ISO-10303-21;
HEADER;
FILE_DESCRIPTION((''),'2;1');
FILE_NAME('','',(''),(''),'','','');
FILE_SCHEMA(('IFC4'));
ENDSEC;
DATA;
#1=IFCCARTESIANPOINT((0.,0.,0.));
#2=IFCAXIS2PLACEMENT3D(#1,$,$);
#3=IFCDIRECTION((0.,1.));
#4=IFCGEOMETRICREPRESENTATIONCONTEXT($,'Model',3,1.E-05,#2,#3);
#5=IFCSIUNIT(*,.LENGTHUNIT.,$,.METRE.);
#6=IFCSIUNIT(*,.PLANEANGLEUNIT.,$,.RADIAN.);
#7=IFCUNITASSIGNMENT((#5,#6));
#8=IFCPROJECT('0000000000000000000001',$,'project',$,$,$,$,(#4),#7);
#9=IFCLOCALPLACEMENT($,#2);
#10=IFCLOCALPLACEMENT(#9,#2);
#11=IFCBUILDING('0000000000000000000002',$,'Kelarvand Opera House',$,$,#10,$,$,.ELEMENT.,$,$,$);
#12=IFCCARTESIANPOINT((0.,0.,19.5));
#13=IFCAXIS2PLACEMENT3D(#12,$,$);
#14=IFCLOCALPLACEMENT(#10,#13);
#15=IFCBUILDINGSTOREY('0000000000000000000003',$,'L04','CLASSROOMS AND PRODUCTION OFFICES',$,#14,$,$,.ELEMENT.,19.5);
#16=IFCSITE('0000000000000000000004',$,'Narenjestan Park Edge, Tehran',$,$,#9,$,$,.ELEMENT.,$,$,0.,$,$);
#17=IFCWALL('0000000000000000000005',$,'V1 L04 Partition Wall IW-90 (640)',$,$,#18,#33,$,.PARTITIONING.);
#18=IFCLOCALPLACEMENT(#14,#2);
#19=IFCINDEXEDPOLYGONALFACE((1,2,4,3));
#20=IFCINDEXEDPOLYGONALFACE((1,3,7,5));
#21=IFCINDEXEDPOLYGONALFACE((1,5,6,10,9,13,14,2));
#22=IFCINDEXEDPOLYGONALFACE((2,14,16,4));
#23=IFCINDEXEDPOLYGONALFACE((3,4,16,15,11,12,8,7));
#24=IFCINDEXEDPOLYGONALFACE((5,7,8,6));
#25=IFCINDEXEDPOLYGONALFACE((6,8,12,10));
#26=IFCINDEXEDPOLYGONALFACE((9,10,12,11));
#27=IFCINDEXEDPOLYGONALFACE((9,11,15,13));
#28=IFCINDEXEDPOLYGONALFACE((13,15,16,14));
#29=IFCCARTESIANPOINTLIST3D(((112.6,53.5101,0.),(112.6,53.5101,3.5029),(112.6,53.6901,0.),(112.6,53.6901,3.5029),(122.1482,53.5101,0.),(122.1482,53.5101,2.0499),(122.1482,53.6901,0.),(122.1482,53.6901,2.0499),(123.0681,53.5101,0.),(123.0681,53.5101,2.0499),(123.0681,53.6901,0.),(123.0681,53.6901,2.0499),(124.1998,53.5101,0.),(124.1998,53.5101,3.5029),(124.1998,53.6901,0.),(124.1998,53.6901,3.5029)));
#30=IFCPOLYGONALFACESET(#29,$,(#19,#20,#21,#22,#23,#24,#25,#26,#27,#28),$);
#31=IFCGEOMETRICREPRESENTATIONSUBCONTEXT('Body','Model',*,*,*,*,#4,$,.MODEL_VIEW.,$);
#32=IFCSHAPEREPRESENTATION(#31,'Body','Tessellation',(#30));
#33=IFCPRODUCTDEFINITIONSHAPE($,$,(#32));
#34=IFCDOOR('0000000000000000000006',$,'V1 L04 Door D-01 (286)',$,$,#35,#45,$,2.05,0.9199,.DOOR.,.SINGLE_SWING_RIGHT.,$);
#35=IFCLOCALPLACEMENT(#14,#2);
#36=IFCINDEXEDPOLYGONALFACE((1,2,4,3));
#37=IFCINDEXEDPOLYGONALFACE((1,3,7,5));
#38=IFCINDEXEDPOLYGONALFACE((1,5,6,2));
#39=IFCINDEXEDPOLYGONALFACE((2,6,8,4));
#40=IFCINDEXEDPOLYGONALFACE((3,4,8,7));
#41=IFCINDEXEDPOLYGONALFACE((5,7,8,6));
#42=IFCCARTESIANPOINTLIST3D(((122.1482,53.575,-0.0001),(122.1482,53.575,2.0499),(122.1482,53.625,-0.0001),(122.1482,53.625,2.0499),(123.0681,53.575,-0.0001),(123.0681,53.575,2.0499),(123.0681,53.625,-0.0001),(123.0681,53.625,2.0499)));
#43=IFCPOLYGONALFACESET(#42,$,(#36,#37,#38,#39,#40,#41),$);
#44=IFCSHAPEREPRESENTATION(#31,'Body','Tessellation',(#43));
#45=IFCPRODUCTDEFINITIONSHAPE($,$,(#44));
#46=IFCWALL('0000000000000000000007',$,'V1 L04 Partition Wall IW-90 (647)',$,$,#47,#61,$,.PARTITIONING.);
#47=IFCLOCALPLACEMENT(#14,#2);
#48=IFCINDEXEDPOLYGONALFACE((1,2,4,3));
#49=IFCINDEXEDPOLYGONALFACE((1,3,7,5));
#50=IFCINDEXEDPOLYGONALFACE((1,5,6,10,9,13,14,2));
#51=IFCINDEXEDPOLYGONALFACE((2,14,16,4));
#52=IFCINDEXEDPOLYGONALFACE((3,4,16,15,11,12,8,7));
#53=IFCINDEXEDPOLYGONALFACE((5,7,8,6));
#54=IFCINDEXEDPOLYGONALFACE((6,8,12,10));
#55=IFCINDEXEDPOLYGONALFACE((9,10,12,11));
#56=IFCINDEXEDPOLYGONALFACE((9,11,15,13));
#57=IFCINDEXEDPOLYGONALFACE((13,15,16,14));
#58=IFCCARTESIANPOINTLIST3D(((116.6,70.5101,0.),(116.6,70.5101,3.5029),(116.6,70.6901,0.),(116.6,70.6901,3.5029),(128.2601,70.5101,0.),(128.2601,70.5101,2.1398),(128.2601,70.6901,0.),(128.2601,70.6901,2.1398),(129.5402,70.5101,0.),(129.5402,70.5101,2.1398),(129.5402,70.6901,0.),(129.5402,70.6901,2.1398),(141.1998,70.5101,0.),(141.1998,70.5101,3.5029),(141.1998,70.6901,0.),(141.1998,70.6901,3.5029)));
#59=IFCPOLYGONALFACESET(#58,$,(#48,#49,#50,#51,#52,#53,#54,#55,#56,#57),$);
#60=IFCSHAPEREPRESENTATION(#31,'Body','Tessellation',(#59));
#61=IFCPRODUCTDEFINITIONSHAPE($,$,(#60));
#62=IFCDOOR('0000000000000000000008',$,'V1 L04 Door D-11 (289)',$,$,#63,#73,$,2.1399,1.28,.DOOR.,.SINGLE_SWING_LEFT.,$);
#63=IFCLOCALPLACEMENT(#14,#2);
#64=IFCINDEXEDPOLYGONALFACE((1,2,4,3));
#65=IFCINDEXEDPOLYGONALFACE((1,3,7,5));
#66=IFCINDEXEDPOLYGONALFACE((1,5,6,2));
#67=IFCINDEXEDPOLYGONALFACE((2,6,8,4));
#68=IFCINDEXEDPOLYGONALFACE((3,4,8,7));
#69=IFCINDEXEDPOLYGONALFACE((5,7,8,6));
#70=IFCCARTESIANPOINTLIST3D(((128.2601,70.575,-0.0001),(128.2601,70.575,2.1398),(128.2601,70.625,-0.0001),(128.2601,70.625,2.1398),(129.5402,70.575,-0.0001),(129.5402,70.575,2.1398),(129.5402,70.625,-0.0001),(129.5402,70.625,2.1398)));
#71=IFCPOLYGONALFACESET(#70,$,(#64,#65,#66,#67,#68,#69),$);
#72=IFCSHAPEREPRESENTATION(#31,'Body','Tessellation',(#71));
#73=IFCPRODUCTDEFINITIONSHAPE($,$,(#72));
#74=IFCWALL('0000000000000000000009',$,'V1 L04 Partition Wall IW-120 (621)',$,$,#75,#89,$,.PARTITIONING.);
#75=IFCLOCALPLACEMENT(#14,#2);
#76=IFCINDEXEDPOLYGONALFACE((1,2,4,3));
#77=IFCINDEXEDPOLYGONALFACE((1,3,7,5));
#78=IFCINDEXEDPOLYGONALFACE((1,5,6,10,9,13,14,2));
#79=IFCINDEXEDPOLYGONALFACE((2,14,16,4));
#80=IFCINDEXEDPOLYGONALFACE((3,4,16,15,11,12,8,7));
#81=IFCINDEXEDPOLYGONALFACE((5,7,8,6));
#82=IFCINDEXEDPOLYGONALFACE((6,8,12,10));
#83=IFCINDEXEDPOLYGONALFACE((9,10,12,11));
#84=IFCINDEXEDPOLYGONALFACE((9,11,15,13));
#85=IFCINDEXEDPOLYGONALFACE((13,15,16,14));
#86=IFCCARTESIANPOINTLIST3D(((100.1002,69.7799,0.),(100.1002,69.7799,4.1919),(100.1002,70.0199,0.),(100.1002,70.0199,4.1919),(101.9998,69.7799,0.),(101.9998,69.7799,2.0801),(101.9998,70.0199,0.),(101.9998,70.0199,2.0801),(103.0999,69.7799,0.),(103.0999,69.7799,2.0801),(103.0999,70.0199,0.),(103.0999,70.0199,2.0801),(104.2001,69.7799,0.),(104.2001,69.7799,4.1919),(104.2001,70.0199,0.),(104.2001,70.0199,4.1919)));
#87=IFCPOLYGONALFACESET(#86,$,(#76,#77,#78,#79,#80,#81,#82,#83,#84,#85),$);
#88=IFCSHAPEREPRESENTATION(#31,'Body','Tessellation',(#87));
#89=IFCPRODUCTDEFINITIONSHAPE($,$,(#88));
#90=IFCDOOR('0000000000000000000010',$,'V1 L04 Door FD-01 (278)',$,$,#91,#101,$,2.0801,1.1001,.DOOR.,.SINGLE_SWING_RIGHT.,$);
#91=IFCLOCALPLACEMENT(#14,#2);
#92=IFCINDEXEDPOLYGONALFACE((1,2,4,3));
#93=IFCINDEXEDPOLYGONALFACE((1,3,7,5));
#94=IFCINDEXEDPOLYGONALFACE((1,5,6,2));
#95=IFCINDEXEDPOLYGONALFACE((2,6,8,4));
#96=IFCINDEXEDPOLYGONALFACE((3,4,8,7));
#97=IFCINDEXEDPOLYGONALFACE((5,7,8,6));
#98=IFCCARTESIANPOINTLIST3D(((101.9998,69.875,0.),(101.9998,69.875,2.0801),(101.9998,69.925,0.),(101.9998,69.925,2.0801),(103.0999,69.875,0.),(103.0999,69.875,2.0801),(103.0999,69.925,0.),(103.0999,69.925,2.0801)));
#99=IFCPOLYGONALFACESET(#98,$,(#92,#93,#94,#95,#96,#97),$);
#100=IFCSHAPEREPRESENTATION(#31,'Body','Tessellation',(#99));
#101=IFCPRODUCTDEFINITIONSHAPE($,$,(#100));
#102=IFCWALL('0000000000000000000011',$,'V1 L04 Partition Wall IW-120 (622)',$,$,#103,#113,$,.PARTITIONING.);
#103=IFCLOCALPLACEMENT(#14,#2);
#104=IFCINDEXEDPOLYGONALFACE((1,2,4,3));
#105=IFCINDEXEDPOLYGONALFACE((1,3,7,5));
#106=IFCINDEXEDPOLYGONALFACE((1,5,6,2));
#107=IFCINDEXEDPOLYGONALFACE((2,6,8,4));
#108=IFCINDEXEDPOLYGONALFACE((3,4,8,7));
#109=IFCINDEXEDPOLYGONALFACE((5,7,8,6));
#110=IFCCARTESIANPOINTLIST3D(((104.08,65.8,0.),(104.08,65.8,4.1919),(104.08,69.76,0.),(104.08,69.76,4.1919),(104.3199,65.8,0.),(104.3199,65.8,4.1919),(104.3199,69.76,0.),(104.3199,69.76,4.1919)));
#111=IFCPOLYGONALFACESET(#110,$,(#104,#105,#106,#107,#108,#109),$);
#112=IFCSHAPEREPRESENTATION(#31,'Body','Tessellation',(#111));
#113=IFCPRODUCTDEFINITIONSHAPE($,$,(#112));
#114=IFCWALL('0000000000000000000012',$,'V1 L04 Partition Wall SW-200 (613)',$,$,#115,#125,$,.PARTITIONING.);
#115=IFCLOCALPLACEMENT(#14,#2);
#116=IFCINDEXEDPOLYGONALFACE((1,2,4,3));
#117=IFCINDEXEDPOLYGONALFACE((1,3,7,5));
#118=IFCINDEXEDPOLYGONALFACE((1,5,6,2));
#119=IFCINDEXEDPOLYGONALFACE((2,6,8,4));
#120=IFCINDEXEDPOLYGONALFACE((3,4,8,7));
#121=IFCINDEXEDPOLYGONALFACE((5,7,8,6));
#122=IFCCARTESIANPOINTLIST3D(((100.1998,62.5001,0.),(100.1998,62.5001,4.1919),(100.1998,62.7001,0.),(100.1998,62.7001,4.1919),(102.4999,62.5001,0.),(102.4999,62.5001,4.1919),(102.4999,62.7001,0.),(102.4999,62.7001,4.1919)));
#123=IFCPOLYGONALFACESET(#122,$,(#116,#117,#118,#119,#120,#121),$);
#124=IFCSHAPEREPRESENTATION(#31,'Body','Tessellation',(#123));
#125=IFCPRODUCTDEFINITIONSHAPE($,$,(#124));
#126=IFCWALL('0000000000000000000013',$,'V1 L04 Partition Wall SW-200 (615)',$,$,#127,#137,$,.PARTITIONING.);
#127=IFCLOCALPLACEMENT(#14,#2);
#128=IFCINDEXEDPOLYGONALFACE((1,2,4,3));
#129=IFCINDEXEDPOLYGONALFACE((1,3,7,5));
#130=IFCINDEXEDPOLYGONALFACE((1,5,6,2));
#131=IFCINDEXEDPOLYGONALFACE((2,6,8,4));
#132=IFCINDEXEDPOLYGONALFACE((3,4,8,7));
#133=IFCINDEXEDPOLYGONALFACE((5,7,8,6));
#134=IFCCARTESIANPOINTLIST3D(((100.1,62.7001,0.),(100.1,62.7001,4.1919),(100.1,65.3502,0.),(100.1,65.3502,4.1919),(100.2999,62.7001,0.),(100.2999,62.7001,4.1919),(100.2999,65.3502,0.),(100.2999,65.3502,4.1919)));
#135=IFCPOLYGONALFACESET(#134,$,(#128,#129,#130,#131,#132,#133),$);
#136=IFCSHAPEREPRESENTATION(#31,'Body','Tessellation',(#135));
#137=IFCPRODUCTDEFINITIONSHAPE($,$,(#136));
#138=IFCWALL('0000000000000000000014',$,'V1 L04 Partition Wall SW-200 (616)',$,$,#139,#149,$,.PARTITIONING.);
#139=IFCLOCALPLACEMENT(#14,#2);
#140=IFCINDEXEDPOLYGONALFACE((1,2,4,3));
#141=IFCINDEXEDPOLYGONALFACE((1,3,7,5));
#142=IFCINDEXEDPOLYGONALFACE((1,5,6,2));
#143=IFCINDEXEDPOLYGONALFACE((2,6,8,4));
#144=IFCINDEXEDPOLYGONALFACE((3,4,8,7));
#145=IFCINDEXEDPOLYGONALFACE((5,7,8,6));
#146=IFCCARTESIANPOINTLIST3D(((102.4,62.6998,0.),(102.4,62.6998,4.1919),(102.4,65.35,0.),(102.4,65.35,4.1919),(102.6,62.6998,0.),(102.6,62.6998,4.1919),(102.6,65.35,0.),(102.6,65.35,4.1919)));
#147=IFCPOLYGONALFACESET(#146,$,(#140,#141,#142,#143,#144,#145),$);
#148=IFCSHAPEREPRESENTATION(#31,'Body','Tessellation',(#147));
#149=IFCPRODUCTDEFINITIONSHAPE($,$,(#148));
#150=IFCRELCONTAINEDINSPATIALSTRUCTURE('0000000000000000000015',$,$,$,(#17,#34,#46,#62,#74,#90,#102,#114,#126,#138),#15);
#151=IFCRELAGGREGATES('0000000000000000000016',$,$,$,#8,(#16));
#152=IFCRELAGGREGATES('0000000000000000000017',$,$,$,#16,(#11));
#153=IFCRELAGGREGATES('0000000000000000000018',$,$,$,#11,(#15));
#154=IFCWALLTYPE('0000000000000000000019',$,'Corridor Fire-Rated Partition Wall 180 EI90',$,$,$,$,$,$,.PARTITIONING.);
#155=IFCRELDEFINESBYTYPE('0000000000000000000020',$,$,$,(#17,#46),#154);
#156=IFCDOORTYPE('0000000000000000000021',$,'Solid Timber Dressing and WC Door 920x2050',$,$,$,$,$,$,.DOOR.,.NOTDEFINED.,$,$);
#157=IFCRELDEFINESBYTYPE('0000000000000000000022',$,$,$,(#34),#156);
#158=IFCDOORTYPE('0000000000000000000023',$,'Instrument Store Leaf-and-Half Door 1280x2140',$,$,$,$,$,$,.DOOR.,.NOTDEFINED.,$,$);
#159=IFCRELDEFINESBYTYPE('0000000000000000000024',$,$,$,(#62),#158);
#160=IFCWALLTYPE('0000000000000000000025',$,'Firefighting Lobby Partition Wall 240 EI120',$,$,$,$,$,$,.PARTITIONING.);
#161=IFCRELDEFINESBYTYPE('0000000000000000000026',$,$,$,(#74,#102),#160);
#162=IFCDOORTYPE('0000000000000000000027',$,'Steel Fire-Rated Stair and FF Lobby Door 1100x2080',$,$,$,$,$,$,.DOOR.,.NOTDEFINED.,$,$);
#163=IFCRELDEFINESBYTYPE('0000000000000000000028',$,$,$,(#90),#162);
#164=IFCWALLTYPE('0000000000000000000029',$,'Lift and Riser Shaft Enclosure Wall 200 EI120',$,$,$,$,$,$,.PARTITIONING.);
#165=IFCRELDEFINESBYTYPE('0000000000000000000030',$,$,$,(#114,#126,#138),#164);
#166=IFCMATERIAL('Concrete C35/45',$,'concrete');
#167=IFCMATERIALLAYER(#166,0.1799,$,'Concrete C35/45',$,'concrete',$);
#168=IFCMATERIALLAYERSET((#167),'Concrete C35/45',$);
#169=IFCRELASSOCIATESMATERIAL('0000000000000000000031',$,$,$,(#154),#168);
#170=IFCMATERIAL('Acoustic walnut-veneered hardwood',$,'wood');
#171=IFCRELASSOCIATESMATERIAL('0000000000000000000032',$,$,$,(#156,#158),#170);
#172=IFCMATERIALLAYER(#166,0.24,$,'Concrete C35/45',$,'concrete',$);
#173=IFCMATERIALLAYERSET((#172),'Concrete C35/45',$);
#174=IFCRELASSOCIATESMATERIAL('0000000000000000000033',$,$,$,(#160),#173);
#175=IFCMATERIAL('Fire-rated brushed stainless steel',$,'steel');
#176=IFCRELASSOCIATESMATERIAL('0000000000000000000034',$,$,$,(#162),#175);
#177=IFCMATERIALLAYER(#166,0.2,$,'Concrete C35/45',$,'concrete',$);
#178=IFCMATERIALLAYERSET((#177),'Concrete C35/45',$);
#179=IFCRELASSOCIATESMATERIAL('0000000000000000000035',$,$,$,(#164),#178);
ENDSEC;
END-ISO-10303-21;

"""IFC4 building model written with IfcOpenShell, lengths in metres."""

from ifc_helpers import new_model, si_unit, direction, frame, frame_2d, origin, place, context, subcontext, project, spatial, rectangle, extrude, material, layer, layer_set, type_object, element, fill, save


model = new_model("IFC4")

# Units and contexts
model_context = context("Model", 3, precision=1e-05, world=origin(), true_north=direction((0.0, 1.0)))
body_context = subcontext(model_context, "Body", "Model", "MODEL_VIEW")
ifc_project = project(units=[si_unit("LENGTHUNIT", "METRE"), si_unit("PLANEANGLEUNIT", "RADIAN")], contexts=[model_context])

# Site, building, storey
site_placement = place(None, origin())
site = spatial("IfcSite", under=ifc_project, at=site_placement, Name="Narenjestan Park Edge, Tehran", CompositionType="ELEMENT", RefElevation=0.0)
building_placement = place(site_placement, origin())
building = spatial("IfcBuilding", under=site, at=building_placement, Name="Kelarvand Opera House", CompositionType="ELEMENT")
storey_placement = place(building_placement, frame((0.0, 0.0, 19.5)))
storey = spatial("IfcBuildingStorey", under=building, at=storey_placement, Name="L04", Description="CLASSROOMS AND PRODUCTION OFFICES", CompositionType="ELEMENT", Elevation=19.5)

# Shared definitions
ifc_material_1 = material(Name="Concrete C35/45", Category="concrete")

# Walls, openings, doors
ifc_layer_1 = layer(ifc_material_1, 0.1799, Name="Concrete C35/45", Category="concrete")
ifc_layer_set_1 = layer_set([ifc_layer_1], Name="Concrete C35/45")
wall_type_1 = type_object("IfcWallType", Name="Corridor Fire-Rated Partition Wall 180 EI90", PredefinedType="PARTITIONING", material=ifc_layer_set_1)
ifc_material_2 = material(Name="Acoustic walnut-veneered hardwood", Category="wood")
door_type_1 = type_object("IfcDoorType", Name="Solid Timber Dressing and WC Door 920x2050", OperationType="NOTDEFINED", PredefinedType="DOOR", material=ifc_material_2)
wall_1_placement = place(storey_placement, frame((112.6001, 53.6001, 0.0), z_axis=(0.0, 0.0, 1.0), x_axis=(1.0, 0.0, 0.0)))
wall_1 = element("IfcWall", 1, at=wall_1_placement, inside=storey, type_object=wall_type_1, Name="V1 L04 Partition Wall IW-90 (640)", PredefinedType="PARTITIONING", context=body_context, shape_type="SweptSolid", body=[
    extrude(rectangle(XDim=11.5999, YDim=0.1799, at=frame_2d((5.7998, 0.0))), origin(), (0.0, 0.0, 1.0), 3.5029),
])
opening_1_placement = place(wall_1_placement, frame((9.5481, 0.0, 0.0)))
opening_1 = element("IfcOpeningElement", 2, at=opening_1_placement, cuts=wall_1, PredefinedType="OPENING", context=body_context, shape_type="SweptSolid", body=[
    extrude(rectangle(XDim=0.9199, YDim=2.05, at=frame_2d((0.46, 1.0249))), frame((0.0, 0.1001, 0.0), z_axis=(0.0, -1.0, 0.0), x_axis=(1.0, 0.0, 0.0)), (0.0, 0.0, 1.0), 0.2),
])
door_1_placement = place(opening_1_placement, origin())
door_1 = element("IfcDoor", 3, at=door_1_placement, inside=storey, type_object=door_type_1, Name="V1 L04 Door D-01 (286)", OperationType="SINGLE_SWING_RIGHT", OverallHeight=2.05, OverallWidth=0.9199, PredefinedType="DOOR", context=body_context, shape_type="SweptSolid", body=[
    extrude(rectangle(XDim=0.9199, YDim=2.05, at=frame_2d((0.46, 1.0249))), frame((0.0, 0.0249, 0.0), z_axis=(0.0, -1.0, 0.0), x_axis=(1.0, 0.0, 0.0)), (0.0, 0.0, 1.0), 0.05),
])
fill(opening_1, door_1)
wall_2_placement = place(storey_placement, frame((116.6001, 70.6001, 0.0), z_axis=(0.0, 0.0, 1.0), x_axis=(1.0, 0.0, 0.0)))
wall_2 = element("IfcWall", 4, at=wall_2_placement, inside=storey, type_object=wall_type_1, Name="V1 L04 Partition Wall IW-90 (647)", PredefinedType="PARTITIONING", context=body_context, shape_type="SweptSolid", body=[
    extrude(rectangle(XDim=24.5999, YDim=0.1799, at=frame_2d((12.2998, 0.0))), origin(), (0.0, 0.0, 1.0), 3.5029),
])
opening_2_placement = place(wall_2_placement, frame((11.6599, 0.0, 0.0)))
opening_2 = element("IfcOpeningElement", 5, at=opening_2_placement, cuts=wall_2, PredefinedType="OPENING", context=body_context, shape_type="SweptSolid", body=[
    extrude(rectangle(XDim=1.28, YDim=2.1399, at=frame_2d((0.6401, 1.0698))), frame((0.0, 0.1001, 0.0), z_axis=(0.0, -1.0, 0.0), x_axis=(1.0, 0.0, 0.0)), (0.0, 0.0, 1.0), 0.2),
])
door_type_2 = type_object("IfcDoorType", Name="Instrument Store Leaf-and-Half Door 1280x2140", OperationType="NOTDEFINED", PredefinedType="DOOR", material=ifc_material_2)
door_2_placement = place(opening_2_placement, origin())
door_2 = element("IfcDoor", 6, at=door_2_placement, inside=storey, type_object=door_type_2, Name="V1 L04 Door D-11 (289)", OperationType="SINGLE_SWING_LEFT", OverallHeight=2.1399, OverallWidth=1.28, PredefinedType="DOOR", context=body_context, shape_type="SweptSolid", body=[
    extrude(rectangle(XDim=1.28, YDim=2.1399, at=frame_2d((0.6401, 1.0698))), frame((0.0, 0.0249, 0.0), z_axis=(0.0, -1.0, 0.0), x_axis=(1.0, 0.0, 0.0)), (0.0, 0.0, 1.0), 0.05),
])
fill(opening_2, door_2)
ifc_layer_2 = layer(ifc_material_1, 0.24, Name="Concrete C35/45", Category="concrete")
ifc_layer_set_2 = layer_set([ifc_layer_2], Name="Concrete C35/45")
wall_type_2 = type_object("IfcWallType", Name="Firefighting Lobby Partition Wall 240 EI120", PredefinedType="PARTITIONING", material=ifc_layer_set_2)
wall_3_placement = place(storey_placement, frame((104.2, 69.8999, 0.0), z_axis=(0.0, 0.0, 1.0), x_axis=(-1.0, 0.0, 0.0)))
wall_3 = element("IfcWall", 7, at=wall_3_placement, inside=storey, type_object=wall_type_2, Name="V1 L04 Partition Wall IW-120 (621)", PredefinedType="PARTITIONING", context=body_context, shape_type="SweptSolid", body=[
    extrude(rectangle(XDim=4.0999, YDim=0.24, at=frame_2d((2.0498, 0.0))), origin(), (0.0, 0.0, 1.0), 4.1919),
])
opening_3_placement = place(wall_3_placement, frame((1.1001, 0.0, 0.0)))
opening_3 = element("IfcOpeningElement", 8, at=opening_3_placement, cuts=wall_3, PredefinedType="OPENING", context=body_context, shape_type="SweptSolid", body=[
    extrude(rectangle(XDim=1.1001, YDim=2.0801, at=frame_2d((0.55, 1.04))), frame((0.0, 0.1299, 0.0), z_axis=(0.0, -1.0, 0.0), x_axis=(1.0, 0.0, 0.0)), (0.0, 0.0, 1.0), 0.26),
])
ifc_material_3 = material(Name="Fire-rated brushed stainless steel", Category="steel")
door_type_3 = type_object("IfcDoorType", Name="Steel Fire-Rated Stair and FF Lobby Door 1100x2080", OperationType="NOTDEFINED", PredefinedType="DOOR", material=ifc_material_3)
door_3_placement = place(opening_3_placement, origin())
door_3 = element("IfcDoor", 9, at=door_3_placement, inside=storey, type_object=door_type_3, Name="V1 L04 Door FD-01 (278)", OperationType="SINGLE_SWING_RIGHT", OverallHeight=2.0801, OverallWidth=1.1001, PredefinedType="DOOR", context=body_context, shape_type="SweptSolid", body=[
    extrude(rectangle(XDim=1.1001, YDim=2.0801, at=frame_2d((0.55, 1.04))), frame((0.0, 0.0249, 0.0), z_axis=(0.0, -1.0, 0.0), x_axis=(1.0, 0.0, 0.0)), (0.0, 0.0, 1.0), 0.05),
])
fill(opening_3, door_3)

# Walls
wall_4_placement = place(storey_placement, frame((104.2, 69.76, 0.0), z_axis=(0.0, 0.0, 1.0), x_axis=(0.0, -1.0, 0.0)))
element("IfcWall", 10, at=wall_4_placement, inside=storey, type_object=wall_type_2, Name="V1 L04 Partition Wall IW-120 (622)", PredefinedType="PARTITIONING", context=body_context, shape_type="SweptSolid", body=[
    extrude(rectangle(XDim=3.96, YDim=0.24, at=frame_2d((1.98, 0.0))), origin(), (0.0, 0.0, 1.0), 4.1919),
])
ifc_layer_3 = layer(ifc_material_1, 0.2, Name="Concrete C35/45", Category="concrete")
ifc_layer_set_3 = layer_set([ifc_layer_3], Name="Concrete C35/45")
wall_type_3 = type_object("IfcWallType", Name="Lift and Riser Shaft Enclosure Wall 200 EI120", PredefinedType="PARTITIONING", material=ifc_layer_set_3)
wall_5_placement = place(storey_placement, frame((100.2, 62.6001, 0.0), z_axis=(0.0, 0.0, 1.0), x_axis=(1.0, 0.0, 0.0)))
element("IfcWall", 11, at=wall_5_placement, inside=storey, type_object=wall_type_3, Name="V1 L04 Partition Wall SW-200 (613)", PredefinedType="PARTITIONING", context=body_context, shape_type="SweptSolid", body=[
    extrude(rectangle(XDim=2.3, YDim=0.2, at=frame_2d((1.1499, 0.0))), origin(), (0.0, 0.0, 1.0), 4.1919),
])

# Walls
for number, where, z_axis, x_axis, name in (
    (12, (100.2, 62.7, 0.0), (0.0, 0.0, 1.0), (0.0, 1.0, 0.0), "V1 L04 Partition Wall SW-200 (615)"),
    (13, (102.5, 65.3501, 0.0), (0.0, 0.0, 1.0), (0.0, -1.0, 0.0), "V1 L04 Partition Wall SW-200 (616)"),
):
    element("IfcWall", number, at=place(storey_placement, frame(where, z_axis=z_axis, x_axis=x_axis)), inside=storey, type_object=wall_type_3, Name=name, PredefinedType="PARTITIONING", context=body_context, shape_type="SweptSolid", body=[
        extrude(rectangle(XDim=2.6501, YDim=0.2, at=frame_2d((1.3252, 0.0))), origin(), (0.0, 0.0, 1.0), 4.1919),
    ])

save(model, "model.ifc")
